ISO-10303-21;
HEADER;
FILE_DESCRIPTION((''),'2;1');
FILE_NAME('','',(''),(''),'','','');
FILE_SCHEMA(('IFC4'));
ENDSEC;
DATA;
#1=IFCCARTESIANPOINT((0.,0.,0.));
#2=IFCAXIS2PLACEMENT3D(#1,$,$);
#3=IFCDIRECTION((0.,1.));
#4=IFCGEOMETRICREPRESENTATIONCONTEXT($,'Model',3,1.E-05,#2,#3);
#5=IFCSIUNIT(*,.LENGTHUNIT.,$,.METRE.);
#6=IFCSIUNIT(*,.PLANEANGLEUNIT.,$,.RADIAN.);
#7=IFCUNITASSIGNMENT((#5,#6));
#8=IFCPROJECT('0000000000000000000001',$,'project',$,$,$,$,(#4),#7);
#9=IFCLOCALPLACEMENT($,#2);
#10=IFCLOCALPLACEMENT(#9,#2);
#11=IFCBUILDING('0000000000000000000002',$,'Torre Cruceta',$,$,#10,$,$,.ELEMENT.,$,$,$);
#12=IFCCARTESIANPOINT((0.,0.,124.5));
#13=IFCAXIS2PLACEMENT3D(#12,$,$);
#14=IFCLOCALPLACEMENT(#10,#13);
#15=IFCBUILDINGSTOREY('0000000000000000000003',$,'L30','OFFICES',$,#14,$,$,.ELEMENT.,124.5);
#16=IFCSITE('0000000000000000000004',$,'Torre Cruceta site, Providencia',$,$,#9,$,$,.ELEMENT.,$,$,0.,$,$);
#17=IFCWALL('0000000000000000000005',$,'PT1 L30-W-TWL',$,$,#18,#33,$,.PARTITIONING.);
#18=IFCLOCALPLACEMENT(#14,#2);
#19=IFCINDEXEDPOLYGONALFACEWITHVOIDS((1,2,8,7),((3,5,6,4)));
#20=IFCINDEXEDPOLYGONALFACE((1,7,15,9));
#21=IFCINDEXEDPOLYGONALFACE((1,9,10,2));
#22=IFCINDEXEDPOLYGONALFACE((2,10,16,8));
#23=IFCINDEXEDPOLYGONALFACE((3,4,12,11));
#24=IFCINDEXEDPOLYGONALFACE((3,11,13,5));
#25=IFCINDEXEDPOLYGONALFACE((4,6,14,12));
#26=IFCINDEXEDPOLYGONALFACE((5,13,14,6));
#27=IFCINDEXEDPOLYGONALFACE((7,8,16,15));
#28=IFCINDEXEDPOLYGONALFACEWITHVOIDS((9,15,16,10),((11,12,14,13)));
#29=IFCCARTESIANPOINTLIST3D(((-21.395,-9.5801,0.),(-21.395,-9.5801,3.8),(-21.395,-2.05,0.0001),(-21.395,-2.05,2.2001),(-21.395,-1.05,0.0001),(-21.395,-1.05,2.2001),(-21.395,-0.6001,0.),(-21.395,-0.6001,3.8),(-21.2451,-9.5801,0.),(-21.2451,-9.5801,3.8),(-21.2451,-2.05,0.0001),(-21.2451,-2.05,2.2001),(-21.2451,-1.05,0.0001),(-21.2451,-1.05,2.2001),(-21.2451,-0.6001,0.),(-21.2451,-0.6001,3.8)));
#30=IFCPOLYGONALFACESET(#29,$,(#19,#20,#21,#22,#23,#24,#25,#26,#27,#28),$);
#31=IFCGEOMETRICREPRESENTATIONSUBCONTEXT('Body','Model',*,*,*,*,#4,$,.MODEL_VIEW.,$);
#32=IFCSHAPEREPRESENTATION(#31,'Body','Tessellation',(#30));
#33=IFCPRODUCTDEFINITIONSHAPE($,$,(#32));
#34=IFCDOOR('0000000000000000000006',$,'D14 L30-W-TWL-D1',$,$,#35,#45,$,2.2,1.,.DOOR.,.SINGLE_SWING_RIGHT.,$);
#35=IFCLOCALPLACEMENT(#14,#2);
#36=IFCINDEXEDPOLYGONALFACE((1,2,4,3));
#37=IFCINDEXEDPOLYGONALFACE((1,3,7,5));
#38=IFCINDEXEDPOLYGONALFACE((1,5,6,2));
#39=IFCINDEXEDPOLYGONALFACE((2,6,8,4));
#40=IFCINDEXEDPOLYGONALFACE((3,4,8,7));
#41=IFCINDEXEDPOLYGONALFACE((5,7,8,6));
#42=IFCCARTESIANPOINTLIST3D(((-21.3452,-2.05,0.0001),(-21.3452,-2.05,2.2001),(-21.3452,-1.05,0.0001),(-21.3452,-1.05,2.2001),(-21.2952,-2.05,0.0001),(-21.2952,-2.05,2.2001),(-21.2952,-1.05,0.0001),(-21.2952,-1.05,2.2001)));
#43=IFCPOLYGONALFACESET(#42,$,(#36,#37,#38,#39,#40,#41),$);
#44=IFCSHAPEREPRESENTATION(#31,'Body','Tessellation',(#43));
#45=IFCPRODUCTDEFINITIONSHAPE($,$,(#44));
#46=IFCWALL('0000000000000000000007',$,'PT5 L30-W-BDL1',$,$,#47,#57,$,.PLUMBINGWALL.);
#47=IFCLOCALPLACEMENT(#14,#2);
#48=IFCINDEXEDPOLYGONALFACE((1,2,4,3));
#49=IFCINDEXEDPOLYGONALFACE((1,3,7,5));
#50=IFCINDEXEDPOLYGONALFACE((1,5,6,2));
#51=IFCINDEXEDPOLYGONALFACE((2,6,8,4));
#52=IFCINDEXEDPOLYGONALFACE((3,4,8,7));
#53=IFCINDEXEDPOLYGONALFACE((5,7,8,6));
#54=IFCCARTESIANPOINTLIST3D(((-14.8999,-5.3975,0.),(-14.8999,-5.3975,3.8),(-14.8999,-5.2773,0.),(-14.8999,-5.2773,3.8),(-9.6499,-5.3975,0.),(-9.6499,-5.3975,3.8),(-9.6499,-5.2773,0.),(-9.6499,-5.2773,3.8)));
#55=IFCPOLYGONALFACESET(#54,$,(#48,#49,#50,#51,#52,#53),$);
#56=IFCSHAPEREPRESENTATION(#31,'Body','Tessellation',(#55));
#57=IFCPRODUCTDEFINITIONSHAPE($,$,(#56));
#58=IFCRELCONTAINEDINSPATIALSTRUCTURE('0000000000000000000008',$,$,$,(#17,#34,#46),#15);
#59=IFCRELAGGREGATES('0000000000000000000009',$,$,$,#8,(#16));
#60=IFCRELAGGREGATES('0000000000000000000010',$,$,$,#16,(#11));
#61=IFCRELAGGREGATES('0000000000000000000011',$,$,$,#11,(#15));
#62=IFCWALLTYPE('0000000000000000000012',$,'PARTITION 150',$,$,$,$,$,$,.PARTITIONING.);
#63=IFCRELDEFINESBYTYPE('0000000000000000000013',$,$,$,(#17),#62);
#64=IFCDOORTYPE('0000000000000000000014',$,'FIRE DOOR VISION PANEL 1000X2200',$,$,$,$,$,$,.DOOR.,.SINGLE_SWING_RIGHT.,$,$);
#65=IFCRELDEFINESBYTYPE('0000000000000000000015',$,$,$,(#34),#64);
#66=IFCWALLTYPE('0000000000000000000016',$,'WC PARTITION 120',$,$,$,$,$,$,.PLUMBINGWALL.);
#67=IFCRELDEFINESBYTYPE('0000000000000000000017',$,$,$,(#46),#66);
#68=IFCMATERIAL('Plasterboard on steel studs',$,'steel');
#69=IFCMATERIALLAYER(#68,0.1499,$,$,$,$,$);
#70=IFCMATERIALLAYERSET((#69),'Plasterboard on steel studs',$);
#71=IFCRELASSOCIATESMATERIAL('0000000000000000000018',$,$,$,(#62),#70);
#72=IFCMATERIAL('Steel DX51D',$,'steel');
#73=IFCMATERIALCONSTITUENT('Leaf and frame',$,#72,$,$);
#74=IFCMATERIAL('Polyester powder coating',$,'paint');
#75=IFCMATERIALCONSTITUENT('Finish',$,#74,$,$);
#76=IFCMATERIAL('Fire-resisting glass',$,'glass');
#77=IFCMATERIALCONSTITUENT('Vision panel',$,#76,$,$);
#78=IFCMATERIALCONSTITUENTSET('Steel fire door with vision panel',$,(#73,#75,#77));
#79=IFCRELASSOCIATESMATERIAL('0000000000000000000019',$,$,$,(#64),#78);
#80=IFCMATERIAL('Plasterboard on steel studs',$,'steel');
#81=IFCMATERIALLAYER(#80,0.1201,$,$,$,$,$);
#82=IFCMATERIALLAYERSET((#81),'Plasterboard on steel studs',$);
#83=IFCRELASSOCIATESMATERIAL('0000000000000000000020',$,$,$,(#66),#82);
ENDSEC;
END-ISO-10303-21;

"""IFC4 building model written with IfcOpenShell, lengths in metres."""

from ifc_helpers import new_model, si_unit, direction, frame, frame_2d, origin, place, context, subcontext, project, spatial, rectangle, extrude, material, layer, layer_set, constituent, constituent_set, type_object, element, fill, save


model = new_model("IFC4")

# Units and contexts
model_context = context("Model", 3, precision=1e-05, world=origin(), true_north=direction((0.0, 1.0)))
body_context = subcontext(model_context, "Body", "Model", "MODEL_VIEW")
ifc_project = project(units=[si_unit("LENGTHUNIT", "METRE"), si_unit("PLANEANGLEUNIT", "RADIAN")], contexts=[model_context])

# Site, building, storey
site_placement = place(None, origin())
site = spatial("IfcSite", under=ifc_project, at=site_placement, Name="Torre Cruceta site, Providencia", CompositionType="ELEMENT", RefElevation=0.0)
building_placement = place(site_placement, origin())
building = spatial("IfcBuilding", under=site, at=building_placement, Name="Torre Cruceta", CompositionType="ELEMENT")
storey_placement = place(building_placement, frame((0.0, 0.0, 124.5)))
storey = spatial("IfcBuildingStorey", under=building, at=storey_placement, Name="L30", Description="OFFICES", CompositionType="ELEMENT", Elevation=124.5)

# Shared definitions
ifc_material_1 = material(Name="Plasterboard on steel studs", Category="steel")
ifc_layer_1 = layer(ifc_material_1, 0.1499)
ifc_layer_set_1 = layer_set([ifc_layer_1], Name="Plasterboard on steel studs")
wall_type_1 = type_object("IfcWallType", Name="PARTITION 150", PredefinedType="PARTITIONING", material=ifc_layer_set_1)

# Wall, opening, door
wall_1_placement = place(storey_placement, frame((-21.3201, -0.6001, 0.0), z_axis=(0.0, 0.0, 1.0), x_axis=(0.0, -1.0, 0.0)))
wall_1 = element("IfcWall", 1, at=wall_1_placement, inside=storey, type_object=wall_type_1, Name="PT1 L30-W-TWL", PredefinedType="PARTITIONING", context=body_context, shape_type="SweptSolid", body=[
    extrude(rectangle(XDim=8.98, YDim=0.1499, at=frame_2d((4.49, 0.0))), origin(), (0.0, 0.0, 1.0), 3.8),
])
opening_1_placement = place(wall_1_placement, frame((0.45, 0.0, 0.0)))
opening_1 = element("IfcOpeningElement", 2, at=opening_1_placement, cuts=wall_1, PredefinedType="OPENING", context=body_context, shape_type="SweptSolid", body=[
    extrude(rectangle(XDim=1.0, YDim=2.2, at=frame_2d((0.5, 1.1001))), frame((0.0, 0.085, 0.0), z_axis=(0.0, -1.0, 0.0), x_axis=(1.0, 0.0, 0.0)), (0.0, 0.0, 1.0), 0.1699),
])
ifc_material_2 = material(Name="Steel DX51D", Category="steel")
ifc_constituent_1 = constituent(ifc_material_2, Name="Leaf and frame")
ifc_material_3 = material(Name="Polyester powder coating", Category="paint")
ifc_constituent_2 = constituent(ifc_material_3, Name="Finish")
ifc_material_4 = material(Name="Fire-resisting glass", Category="glass")
ifc_constituent_3 = constituent(ifc_material_4, Name="Vision panel")
ifc_constituent_set_1 = constituent_set(constituents=[ifc_constituent_1, ifc_constituent_2, ifc_constituent_3], Name="Steel fire door with vision panel")
door_type_1 = type_object("IfcDoorType", Name="FIRE DOOR VISION PANEL 1000X2200", OperationType="SINGLE_SWING_RIGHT", PredefinedType="DOOR", material=ifc_constituent_set_1)
door_1_placement = place(opening_1_placement, frame((1.0, 0.0, 0.0), z_axis=(0.0, 0.0, 1.0), x_axis=(-1.0, 0.0, 0.0)))
door_1 = element("IfcDoor", 3, at=door_1_placement, inside=storey, type_object=door_type_1, Name="D14 L30-W-TWL-D1", OperationType="SINGLE_SWING_RIGHT", OverallHeight=2.2, OverallWidth=1.0, PredefinedType="DOOR", context=body_context, shape_type="SweptSolid", body=[
    extrude(rectangle(XDim=1.0, YDim=2.2, at=frame_2d((0.5, 1.1001))), frame((0.0, 0.0251, 0.0), z_axis=(0.0, -1.0, 0.0), x_axis=(1.0, 0.0, 0.0)), (0.0, 0.0, 1.0), 0.05),
])
fill(opening_1, door_1)

# Wall
ifc_material_5 = material(Name="Plasterboard on steel studs", Category="steel")
ifc_layer_2 = layer(ifc_material_5, 0.1201)
ifc_layer_set_2 = layer_set([ifc_layer_2], Name="Plasterboard on steel studs")
wall_type_2 = type_object("IfcWallType", Name="WC PARTITION 120", PredefinedType="PLUMBINGWALL", material=ifc_layer_set_2)
wall_2_placement = place(storey_placement, frame((-9.6499, -5.3374, 0.0), z_axis=(0.0, 0.0, 1.0), x_axis=(-1.0, 0.0, 0.0)))
element("IfcWall", 4, at=wall_2_placement, inside=storey, type_object=wall_type_2, Name="PT5 L30-W-BDL1", PredefinedType="PLUMBINGWALL", context=body_context, shape_type="SweptSolid", body=[
    extrude(rectangle(XDim=5.25, YDim=0.1201, at=frame_2d((2.625, 0.0))), origin(), (0.0, 0.0, 1.0), 3.8),
])

save(model, "model.ifc")
